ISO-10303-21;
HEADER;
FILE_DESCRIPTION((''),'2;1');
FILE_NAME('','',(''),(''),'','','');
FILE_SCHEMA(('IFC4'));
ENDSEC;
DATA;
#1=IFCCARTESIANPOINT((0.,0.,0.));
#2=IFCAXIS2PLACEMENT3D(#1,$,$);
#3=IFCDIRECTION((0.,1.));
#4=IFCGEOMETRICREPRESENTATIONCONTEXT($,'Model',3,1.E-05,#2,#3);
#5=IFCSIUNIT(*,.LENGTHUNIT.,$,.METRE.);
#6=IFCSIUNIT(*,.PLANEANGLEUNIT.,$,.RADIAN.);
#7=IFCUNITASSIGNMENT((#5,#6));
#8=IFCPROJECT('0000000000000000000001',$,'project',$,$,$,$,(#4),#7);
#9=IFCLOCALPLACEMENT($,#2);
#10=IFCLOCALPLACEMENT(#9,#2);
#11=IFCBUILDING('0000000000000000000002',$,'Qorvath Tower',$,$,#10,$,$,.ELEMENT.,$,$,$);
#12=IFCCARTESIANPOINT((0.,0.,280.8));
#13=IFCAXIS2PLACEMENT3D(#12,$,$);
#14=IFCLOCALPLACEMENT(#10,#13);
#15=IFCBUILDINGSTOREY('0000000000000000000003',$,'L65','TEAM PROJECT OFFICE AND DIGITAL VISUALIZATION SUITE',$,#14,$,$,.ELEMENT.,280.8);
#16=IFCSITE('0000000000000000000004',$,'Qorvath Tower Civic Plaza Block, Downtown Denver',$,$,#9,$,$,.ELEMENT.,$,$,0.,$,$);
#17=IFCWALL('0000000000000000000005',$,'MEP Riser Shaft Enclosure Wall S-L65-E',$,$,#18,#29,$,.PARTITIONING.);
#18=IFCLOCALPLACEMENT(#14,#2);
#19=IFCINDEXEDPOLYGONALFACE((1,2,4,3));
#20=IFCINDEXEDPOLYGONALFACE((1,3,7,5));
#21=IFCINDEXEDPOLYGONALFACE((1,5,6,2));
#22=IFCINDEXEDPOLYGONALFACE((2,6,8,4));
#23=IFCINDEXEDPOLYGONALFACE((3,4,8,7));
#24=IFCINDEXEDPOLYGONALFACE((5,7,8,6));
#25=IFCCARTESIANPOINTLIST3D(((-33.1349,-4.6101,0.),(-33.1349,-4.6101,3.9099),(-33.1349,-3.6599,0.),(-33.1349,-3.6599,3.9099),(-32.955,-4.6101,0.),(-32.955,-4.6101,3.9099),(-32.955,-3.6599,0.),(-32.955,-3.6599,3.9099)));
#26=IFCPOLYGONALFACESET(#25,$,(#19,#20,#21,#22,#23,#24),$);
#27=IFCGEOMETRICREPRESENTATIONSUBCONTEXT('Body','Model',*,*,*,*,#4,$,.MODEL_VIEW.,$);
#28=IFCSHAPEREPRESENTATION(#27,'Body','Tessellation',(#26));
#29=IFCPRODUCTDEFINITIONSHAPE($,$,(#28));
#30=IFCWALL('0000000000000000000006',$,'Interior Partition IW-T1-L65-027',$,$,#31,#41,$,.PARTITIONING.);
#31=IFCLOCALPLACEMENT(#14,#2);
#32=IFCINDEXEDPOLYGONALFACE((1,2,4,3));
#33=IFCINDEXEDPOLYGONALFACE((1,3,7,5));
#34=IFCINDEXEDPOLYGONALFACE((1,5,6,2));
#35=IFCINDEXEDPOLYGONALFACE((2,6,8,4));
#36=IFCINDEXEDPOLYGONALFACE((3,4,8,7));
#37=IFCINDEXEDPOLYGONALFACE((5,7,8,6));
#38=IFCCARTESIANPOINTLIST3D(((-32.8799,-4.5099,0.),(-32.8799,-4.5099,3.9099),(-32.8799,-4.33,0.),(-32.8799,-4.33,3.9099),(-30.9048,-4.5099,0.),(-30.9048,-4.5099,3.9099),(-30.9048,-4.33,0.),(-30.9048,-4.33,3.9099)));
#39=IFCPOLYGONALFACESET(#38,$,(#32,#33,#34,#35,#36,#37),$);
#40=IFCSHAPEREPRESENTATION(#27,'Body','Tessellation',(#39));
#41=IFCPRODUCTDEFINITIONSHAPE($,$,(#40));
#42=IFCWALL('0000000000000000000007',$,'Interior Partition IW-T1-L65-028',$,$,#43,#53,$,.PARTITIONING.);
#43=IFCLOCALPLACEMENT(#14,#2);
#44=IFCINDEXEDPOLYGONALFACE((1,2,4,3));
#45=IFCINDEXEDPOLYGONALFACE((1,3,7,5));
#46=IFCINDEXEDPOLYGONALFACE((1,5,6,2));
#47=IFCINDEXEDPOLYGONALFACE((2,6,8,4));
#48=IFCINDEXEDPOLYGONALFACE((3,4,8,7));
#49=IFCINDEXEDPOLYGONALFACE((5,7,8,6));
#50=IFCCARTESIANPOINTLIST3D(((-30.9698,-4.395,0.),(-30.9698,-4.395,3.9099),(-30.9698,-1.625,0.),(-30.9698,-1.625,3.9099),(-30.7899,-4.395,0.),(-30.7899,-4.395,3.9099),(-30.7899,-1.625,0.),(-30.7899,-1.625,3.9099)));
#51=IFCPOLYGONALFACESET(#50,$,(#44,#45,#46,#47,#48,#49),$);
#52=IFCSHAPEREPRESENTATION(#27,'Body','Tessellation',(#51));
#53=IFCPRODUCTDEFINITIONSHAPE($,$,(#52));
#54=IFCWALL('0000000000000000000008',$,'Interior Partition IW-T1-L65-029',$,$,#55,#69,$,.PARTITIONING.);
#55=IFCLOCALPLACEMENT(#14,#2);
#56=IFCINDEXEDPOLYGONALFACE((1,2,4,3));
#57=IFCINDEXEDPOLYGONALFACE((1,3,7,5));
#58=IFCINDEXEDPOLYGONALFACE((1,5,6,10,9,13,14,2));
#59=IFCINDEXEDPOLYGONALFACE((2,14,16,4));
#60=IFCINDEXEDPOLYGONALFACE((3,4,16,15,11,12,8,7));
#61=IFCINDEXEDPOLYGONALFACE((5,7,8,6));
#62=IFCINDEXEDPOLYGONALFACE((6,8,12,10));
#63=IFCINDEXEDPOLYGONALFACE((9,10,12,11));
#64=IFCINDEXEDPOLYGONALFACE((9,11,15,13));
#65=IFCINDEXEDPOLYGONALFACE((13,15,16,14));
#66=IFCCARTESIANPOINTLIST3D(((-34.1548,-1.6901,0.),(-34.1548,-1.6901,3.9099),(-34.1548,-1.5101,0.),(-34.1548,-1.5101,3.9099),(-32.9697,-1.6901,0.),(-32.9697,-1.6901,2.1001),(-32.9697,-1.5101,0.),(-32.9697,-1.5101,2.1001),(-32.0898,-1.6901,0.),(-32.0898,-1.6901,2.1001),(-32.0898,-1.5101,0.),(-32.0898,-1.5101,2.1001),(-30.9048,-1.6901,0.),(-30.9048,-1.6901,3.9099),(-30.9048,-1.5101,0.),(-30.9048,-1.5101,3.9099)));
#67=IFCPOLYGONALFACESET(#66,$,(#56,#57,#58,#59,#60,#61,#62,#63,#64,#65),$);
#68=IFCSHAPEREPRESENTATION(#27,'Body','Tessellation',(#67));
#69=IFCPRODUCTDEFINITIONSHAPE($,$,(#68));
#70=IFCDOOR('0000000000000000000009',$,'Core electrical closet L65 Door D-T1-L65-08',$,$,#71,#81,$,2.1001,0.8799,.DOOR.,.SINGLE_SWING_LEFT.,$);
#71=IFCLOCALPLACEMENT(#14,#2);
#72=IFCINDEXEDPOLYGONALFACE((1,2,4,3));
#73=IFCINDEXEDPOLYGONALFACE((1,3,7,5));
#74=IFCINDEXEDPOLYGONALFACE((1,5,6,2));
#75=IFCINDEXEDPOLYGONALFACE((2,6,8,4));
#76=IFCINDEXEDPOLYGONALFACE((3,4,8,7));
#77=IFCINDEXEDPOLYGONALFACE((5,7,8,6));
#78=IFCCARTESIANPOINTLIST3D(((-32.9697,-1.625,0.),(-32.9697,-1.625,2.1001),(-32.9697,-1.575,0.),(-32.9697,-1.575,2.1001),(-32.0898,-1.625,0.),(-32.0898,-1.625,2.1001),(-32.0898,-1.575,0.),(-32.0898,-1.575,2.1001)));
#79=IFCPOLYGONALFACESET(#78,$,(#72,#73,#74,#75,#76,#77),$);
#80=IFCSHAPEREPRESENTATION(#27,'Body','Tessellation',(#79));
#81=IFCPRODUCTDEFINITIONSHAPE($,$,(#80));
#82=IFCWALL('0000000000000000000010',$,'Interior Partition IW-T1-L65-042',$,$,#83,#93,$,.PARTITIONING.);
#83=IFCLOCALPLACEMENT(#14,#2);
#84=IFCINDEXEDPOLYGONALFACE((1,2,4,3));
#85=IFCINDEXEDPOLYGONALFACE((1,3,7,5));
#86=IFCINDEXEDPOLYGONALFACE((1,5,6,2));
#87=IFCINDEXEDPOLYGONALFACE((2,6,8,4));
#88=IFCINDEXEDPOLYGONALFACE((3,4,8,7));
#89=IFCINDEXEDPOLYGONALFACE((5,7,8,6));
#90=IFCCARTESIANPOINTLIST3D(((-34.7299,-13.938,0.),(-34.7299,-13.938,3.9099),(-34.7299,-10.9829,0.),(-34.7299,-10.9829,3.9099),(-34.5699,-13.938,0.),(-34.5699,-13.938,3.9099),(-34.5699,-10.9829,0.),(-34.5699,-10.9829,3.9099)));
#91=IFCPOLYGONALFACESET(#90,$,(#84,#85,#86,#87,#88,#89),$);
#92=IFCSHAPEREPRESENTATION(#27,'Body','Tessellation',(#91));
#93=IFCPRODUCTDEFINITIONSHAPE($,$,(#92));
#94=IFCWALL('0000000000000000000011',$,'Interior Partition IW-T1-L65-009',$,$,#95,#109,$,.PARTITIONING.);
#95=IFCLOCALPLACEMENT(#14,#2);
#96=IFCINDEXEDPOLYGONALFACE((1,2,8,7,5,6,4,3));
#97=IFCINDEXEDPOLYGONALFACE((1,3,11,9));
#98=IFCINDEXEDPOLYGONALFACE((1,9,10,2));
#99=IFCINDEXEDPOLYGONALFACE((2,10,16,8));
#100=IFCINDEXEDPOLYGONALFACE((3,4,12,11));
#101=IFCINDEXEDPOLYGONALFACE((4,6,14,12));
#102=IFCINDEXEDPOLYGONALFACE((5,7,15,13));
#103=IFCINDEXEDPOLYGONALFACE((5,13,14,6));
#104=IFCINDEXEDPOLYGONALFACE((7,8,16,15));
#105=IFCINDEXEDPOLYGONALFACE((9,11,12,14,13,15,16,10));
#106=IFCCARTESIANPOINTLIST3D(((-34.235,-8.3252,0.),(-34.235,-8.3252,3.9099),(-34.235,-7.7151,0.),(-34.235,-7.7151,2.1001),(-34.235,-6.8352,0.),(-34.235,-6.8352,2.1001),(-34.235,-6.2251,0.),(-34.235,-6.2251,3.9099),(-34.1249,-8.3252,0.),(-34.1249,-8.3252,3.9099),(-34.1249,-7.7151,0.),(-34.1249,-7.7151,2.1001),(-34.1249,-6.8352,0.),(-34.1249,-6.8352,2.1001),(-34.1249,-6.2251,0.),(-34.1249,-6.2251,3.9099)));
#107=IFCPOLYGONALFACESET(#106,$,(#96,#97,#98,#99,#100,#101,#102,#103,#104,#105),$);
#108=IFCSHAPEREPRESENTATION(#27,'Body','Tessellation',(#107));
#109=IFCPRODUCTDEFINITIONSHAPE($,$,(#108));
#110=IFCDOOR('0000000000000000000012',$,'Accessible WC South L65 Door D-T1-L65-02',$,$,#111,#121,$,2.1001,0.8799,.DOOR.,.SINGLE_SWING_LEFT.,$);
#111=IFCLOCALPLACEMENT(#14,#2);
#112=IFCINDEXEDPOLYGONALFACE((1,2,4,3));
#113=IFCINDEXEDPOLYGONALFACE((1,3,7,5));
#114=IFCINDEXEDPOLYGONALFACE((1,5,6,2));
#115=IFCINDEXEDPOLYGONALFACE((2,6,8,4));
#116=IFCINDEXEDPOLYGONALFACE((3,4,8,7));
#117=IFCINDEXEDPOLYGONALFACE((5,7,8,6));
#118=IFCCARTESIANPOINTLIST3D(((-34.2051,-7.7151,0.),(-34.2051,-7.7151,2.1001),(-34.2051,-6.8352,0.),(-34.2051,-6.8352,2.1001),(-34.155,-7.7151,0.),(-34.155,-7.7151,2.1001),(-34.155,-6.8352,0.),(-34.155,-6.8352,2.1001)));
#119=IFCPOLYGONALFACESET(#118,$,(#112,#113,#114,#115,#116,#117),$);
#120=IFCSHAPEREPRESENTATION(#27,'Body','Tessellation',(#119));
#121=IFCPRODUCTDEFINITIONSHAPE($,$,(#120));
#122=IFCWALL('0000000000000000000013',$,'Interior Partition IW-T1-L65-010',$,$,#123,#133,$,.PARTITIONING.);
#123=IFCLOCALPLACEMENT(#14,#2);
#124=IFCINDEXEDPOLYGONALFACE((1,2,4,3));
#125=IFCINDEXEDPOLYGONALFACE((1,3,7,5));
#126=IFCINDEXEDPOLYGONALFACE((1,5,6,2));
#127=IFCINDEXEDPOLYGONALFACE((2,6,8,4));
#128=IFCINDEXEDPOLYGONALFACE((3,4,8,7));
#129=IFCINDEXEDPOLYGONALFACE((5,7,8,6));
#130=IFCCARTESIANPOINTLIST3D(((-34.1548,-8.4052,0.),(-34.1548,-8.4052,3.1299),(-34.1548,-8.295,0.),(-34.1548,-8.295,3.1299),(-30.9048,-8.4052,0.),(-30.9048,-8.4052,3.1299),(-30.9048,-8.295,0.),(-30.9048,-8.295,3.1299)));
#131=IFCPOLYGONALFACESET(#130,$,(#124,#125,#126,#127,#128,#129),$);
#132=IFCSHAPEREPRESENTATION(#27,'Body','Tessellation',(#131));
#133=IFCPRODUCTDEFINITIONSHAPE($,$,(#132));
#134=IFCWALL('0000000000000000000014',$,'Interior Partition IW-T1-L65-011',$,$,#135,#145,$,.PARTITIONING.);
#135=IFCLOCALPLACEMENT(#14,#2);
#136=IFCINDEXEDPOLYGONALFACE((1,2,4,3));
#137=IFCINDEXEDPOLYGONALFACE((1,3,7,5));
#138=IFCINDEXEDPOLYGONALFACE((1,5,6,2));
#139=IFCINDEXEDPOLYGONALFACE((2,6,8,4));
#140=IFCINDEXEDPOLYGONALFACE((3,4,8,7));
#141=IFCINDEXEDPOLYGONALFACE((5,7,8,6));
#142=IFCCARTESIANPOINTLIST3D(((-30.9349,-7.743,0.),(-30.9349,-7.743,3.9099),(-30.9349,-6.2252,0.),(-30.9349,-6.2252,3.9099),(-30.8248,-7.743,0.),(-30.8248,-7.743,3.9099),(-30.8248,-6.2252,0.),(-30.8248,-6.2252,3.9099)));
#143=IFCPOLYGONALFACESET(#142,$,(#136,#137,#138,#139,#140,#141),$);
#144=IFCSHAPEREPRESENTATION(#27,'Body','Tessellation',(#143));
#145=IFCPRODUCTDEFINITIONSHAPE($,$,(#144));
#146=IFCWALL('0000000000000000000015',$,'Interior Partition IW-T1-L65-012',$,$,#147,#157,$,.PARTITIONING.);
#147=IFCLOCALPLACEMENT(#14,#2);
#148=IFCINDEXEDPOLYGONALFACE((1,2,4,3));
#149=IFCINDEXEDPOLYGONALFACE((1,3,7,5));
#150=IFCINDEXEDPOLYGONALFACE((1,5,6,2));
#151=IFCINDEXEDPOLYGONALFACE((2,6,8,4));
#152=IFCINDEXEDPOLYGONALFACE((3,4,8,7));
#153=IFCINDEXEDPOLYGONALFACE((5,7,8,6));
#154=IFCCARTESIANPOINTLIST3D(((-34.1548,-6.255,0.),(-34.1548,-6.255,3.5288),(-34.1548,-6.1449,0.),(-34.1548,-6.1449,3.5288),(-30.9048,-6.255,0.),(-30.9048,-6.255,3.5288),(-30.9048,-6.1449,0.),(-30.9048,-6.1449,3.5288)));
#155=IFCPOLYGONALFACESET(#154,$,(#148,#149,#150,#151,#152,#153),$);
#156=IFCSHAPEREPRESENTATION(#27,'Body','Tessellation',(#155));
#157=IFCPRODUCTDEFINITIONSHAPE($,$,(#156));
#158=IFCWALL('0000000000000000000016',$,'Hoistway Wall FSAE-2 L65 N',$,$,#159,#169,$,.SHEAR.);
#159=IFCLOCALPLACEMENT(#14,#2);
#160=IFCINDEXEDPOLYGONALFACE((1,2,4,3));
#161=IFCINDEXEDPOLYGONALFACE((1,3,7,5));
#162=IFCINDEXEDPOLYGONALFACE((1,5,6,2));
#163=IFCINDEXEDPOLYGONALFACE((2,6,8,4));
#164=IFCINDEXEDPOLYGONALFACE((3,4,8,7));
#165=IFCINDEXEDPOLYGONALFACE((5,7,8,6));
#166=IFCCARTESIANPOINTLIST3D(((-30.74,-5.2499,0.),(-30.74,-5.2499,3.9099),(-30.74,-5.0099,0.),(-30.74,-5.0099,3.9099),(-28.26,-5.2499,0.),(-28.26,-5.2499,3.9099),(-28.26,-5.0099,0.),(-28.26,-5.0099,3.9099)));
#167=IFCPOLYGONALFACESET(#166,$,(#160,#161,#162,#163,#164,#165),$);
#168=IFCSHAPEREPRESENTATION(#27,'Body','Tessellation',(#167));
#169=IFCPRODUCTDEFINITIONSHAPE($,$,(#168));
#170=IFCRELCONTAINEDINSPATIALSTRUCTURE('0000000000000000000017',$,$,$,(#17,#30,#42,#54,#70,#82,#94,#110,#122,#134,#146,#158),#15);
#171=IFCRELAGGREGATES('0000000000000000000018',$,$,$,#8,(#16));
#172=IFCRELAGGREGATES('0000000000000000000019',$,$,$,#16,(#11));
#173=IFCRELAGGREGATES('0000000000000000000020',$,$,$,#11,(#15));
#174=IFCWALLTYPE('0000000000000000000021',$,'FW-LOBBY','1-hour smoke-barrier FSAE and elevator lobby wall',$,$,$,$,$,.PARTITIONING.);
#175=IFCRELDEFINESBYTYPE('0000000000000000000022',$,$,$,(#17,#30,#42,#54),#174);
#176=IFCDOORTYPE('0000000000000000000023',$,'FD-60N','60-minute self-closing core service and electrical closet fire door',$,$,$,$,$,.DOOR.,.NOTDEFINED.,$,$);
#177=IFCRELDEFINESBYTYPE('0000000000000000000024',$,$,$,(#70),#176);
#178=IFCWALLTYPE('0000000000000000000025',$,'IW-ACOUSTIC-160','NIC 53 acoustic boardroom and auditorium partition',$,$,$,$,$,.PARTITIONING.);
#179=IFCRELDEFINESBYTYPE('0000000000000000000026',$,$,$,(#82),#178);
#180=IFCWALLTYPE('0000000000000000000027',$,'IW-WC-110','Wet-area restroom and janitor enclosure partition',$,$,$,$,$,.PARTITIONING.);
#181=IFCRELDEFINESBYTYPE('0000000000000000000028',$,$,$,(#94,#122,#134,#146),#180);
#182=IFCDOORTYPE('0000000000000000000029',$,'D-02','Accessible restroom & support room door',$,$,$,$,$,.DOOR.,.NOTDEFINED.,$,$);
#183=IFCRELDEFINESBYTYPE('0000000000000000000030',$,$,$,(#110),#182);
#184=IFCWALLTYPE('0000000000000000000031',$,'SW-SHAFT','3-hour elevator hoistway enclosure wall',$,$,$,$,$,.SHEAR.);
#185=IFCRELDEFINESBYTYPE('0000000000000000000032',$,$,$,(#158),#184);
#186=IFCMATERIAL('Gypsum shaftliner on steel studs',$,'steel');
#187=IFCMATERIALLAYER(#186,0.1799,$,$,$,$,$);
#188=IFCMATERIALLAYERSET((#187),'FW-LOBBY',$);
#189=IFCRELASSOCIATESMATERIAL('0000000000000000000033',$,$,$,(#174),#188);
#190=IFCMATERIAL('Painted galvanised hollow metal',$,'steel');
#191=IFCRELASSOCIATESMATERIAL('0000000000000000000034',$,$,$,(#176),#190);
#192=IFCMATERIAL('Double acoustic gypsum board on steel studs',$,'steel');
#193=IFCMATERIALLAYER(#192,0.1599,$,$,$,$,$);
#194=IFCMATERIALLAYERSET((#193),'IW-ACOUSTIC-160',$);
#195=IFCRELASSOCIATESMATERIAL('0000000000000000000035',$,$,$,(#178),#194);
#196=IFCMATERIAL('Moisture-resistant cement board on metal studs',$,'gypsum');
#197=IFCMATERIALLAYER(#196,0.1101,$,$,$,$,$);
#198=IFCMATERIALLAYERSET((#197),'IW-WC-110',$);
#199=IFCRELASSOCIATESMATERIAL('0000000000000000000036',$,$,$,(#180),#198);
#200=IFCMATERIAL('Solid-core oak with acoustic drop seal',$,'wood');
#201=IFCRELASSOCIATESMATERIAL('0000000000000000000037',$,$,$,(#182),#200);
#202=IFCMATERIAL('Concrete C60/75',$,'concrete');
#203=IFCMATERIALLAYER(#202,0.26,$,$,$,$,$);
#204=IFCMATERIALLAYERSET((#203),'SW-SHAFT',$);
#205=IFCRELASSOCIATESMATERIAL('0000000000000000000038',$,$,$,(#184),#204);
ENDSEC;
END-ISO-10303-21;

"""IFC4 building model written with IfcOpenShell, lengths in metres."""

from ifc_helpers import new_model, si_unit, direction, frame, frame_2d, origin, place, context, subcontext, project, spatial, rectangle, extrude, material, layer, layer_set, type_object, element, fill, save


model = new_model("IFC4")

# Units and contexts
model_context = context("Model", 3, precision=1e-05, world=origin(), true_north=direction((0.0, 1.0)))
body_context = subcontext(model_context, "Body", "Model", "MODEL_VIEW")
ifc_project = project(units=[si_unit("LENGTHUNIT", "METRE"), si_unit("PLANEANGLEUNIT", "RADIAN")], contexts=[model_context])

# Site, building, storey
site_placement = place(None, origin())
site = spatial("IfcSite", under=ifc_project, at=site_placement, Name="Qorvath Tower Civic Plaza Block, Downtown Denver", CompositionType="ELEMENT", RefElevation=0.0)
building_placement = place(site_placement, origin())
building = spatial("IfcBuilding", under=site, at=building_placement, Name="Qorvath Tower", CompositionType="ELEMENT")
storey_placement = place(building_placement, frame((0.0, 0.0, 280.8)))
storey = spatial("IfcBuildingStorey", under=building, at=storey_placement, Name="L65", Description="TEAM PROJECT OFFICE AND DIGITAL VISUALIZATION SUITE", CompositionType="ELEMENT", Elevation=280.8)

# Walls
ifc_material_1 = material(Name="Gypsum shaftliner on steel studs", Category="steel")
ifc_layer_1 = layer(ifc_material_1, 0.1799)
ifc_layer_set_1 = layer_set([ifc_layer_1], Name="FW-LOBBY")
wall_type_1 = type_object("IfcWallType", Name="FW-LOBBY", Description="1-hour smoke-barrier FSAE and elevator lobby wall", PredefinedType="PARTITIONING", material=ifc_layer_set_1)
for number, where, z_axis, x_axis, name in (
    (1, (-33.0449, -3.6599, 0.0), (0.0, 0.0, 1.0), (0.0, -1.0, 0.0), "MEP Riser Shaft Enclosure Wall S-L65-E"),
):
    element("IfcWall", number, at=place(storey_placement, frame(where, z_axis=z_axis, x_axis=x_axis)), inside=storey, type_object=wall_type_1, Name=name, PredefinedType="PARTITIONING", context=body_context, shape_type="SweptSolid", body=[
        extrude(rectangle(XDim=0.9502, YDim=0.1799, at=frame_2d((0.4751, 0.0))), origin(), (0.0, 0.0, 1.0), 3.9099),
    ])
wall_1_placement = place(storey_placement, frame((-32.8799, -4.4199, 0.0), z_axis=(0.0, 0.0, 1.0), x_axis=(1.0, 0.0, 0.0)))
element("IfcWall", 2, at=wall_1_placement, inside=storey, type_object=wall_type_1, Name="Interior Partition IW-T1-L65-027", PredefinedType="PARTITIONING", context=body_context, shape_type="SweptSolid", body=[
    extrude(rectangle(XDim=1.9751, YDim=0.1799, at=frame_2d((0.9875, 0.0))), origin(), (0.0, 0.0, 1.0), 3.9099),
])
wall_2_placement = place(storey_placement, frame((-30.8799, -4.395, 0.0), z_axis=(0.0, 0.0, 1.0), x_axis=(0.0, 1.0, 0.0)))
element("IfcWall", 3, at=wall_2_placement, inside=storey, type_object=wall_type_1, Name="Interior Partition IW-T1-L65-028", PredefinedType="PARTITIONING", context=body_context, shape_type="SweptSolid", body=[
    extrude(rectangle(XDim=2.77, YDim=0.1799, at=frame_2d((1.385, 0.0))), origin(), (0.0, 0.0, 1.0), 3.9099),
])

# Wall, opening, door
wall_3_placement = place(storey_placement, frame((-30.9048, -1.6001, 0.0), z_axis=(0.0, 0.0, 1.0), x_axis=(-1.0, 0.0, 0.0)))
wall_3 = element("IfcWall", 4, at=wall_3_placement, inside=storey, type_object=wall_type_1, Name="Interior Partition IW-T1-L65-029", PredefinedType="PARTITIONING", context=body_context, shape_type="SweptSolid", body=[
    extrude(rectangle(XDim=3.25, YDim=0.1799, at=frame_2d((1.625, 0.0))), origin(), (0.0, 0.0, 1.0), 3.9099),
])
opening_1_placement = place(wall_3_placement, frame((1.1851, 0.0, 0.0)))
opening_1 = element("IfcOpeningElement", 5, at=opening_1_placement, cuts=wall_3, PredefinedType="OPENING", context=body_context, shape_type="SweptSolid", body=[
    extrude(rectangle(XDim=0.8799, YDim=2.1001, at=frame_2d((0.4399, 1.05))), frame((0.0, 0.1001, 0.0), z_axis=(0.0, -1.0, 0.0), x_axis=(1.0, 0.0, 0.0)), (0.0, 0.0, 1.0), 0.2),
])
ifc_material_2 = material(Name="Painted galvanised hollow metal", Category="steel")
door_type_1 = type_object("IfcDoorType", Name="FD-60N", Description="60-minute self-closing core service and electrical closet fire door", OperationType="NOTDEFINED", PredefinedType="DOOR", material=ifc_material_2)
door_1_placement = place(opening_1_placement, origin())
door_1 = element("IfcDoor", 6, at=door_1_placement, inside=storey, type_object=door_type_1, Name="Core electrical closet L65 Door D-T1-L65-08", OperationType="SINGLE_SWING_LEFT", OverallHeight=2.1001, OverallWidth=0.8799, PredefinedType="DOOR", context=body_context, shape_type="SweptSolid", body=[
    extrude(rectangle(XDim=0.8799, YDim=2.1001, at=frame_2d((0.4399, 1.05))), frame((0.0, 0.0249, 0.0), z_axis=(0.0, -1.0, 0.0), x_axis=(1.0, 0.0, 0.0)), (0.0, 0.0, 1.0), 0.05),
])
fill(opening_1, door_1)

# Wall
ifc_material_3 = material(Name="Double acoustic gypsum board on steel studs", Category="steel")
ifc_layer_2 = layer(ifc_material_3, 0.1599)
ifc_layer_set_2 = layer_set([ifc_layer_2], Name="IW-ACOUSTIC-160")
wall_type_2 = type_object("IfcWallType", Name="IW-ACOUSTIC-160", Description="NIC 53 acoustic boardroom and auditorium partition", PredefinedType="PARTITIONING", material=ifc_layer_set_2)
wall_4_placement = place(storey_placement, frame((-34.6499, -10.9829, 0.0), z_axis=(0.0, 0.0, 1.0), x_axis=(0.0, -1.0, 0.0)))
element("IfcWall", 7, at=wall_4_placement, inside=storey, type_object=wall_type_2, Name="Interior Partition IW-T1-L65-042", PredefinedType="PARTITIONING", context=body_context, shape_type="SweptSolid", body=[
    extrude(rectangle(XDim=2.9551, YDim=0.1599, at=frame_2d((1.4775, 0.0))), origin(), (0.0, 0.0, 1.0), 3.9099),
])

# Wall, opening, door
ifc_material_4 = material(Name="Moisture-resistant cement board on metal studs", Category="gypsum")
ifc_layer_3 = layer(ifc_material_4, 0.1101)
ifc_layer_set_3 = layer_set([ifc_layer_3], Name="IW-WC-110")
wall_type_3 = type_object("IfcWallType", Name="IW-WC-110", Description="Wet-area restroom and janitor enclosure partition", PredefinedType="PARTITIONING", material=ifc_layer_set_3)
wall_5_placement = place(storey_placement, frame((-34.1799, -6.2251, 0.0), z_axis=(0.0, 0.0, 1.0), x_axis=(0.0, -1.0, 0.0)))
wall_5 = element("IfcWall", 8, at=wall_5_placement, inside=storey, type_object=wall_type_3, Name="Interior Partition IW-T1-L65-009", PredefinedType="PARTITIONING", context=body_context, shape_type="SweptSolid", body=[
    extrude(rectangle(XDim=2.1001, YDim=0.1101, at=frame_2d((1.05, 0.0))), origin(), (0.0, 0.0, 1.0), 3.9099),
])
opening_2_placement = place(wall_5_placement, frame((0.6101, 0.0, 0.0)))
opening_2 = element("IfcOpeningElement", 9, at=opening_2_placement, cuts=wall_5, PredefinedType="OPENING", context=body_context, shape_type="SweptSolid", body=[
    extrude(rectangle(XDim=0.8799, YDim=2.1001, at=frame_2d((0.4399, 1.05))), frame((0.0, 0.0649, 0.0), z_axis=(0.0, -1.0, 0.0), x_axis=(1.0, 0.0, 0.0)), (0.0, 0.0, 1.0), 0.1301),
])
ifc_material_5 = material(Name="Solid-core oak with acoustic drop seal", Category="wood")
door_type_2 = type_object("IfcDoorType", Name="D-02", Description="Accessible restroom & support room door", OperationType="NOTDEFINED", PredefinedType="DOOR", material=ifc_material_5)
door_2_placement = place(opening_2_placement, origin())
door_2 = element("IfcDoor", 10, at=door_2_placement, inside=storey, type_object=door_type_2, Name="Accessible WC South L65 Door D-T1-L65-02", OperationType="SINGLE_SWING_LEFT", OverallHeight=2.1001, OverallWidth=0.8799, PredefinedType="DOOR", context=body_context, shape_type="SweptSolid", body=[
    extrude(rectangle(XDim=0.8799, YDim=2.1001, at=frame_2d((0.4399, 1.05))), frame((0.0, 0.0249, 0.0), z_axis=(0.0, -1.0, 0.0), x_axis=(1.0, 0.0, 0.0)), (0.0, 0.0, 1.0), 0.05),
])
fill(opening_2, door_2)

# Walls
wall_6_placement = place(storey_placement, frame((-34.1548, -8.3501, 0.0), z_axis=(0.0, 0.0, 1.0), x_axis=(1.0, 0.0, 0.0)))
element("IfcWall", 11, at=wall_6_placement, inside=storey, type_object=wall_type_3, Name="Interior Partition IW-T1-L65-010", PredefinedType="PARTITIONING", context=body_context, shape_type="SweptSolid", body=[
    extrude(rectangle(XDim=3.25, YDim=0.1101, at=frame_2d((1.625, 0.0))), origin(), (0.0, 0.0, 1.0), 3.1299),
])
wall_7_placement = place(storey_placement, frame((-30.8799, -7.7429, 0.0), z_axis=(0.0, 0.0, 1.0), x_axis=(0.0, 1.0, 0.0)))
element("IfcWall", 12, at=wall_7_placement, inside=storey, type_object=wall_type_3, Name="Interior Partition IW-T1-L65-011", PredefinedType="PARTITIONING", context=body_context, shape_type="SweptSolid", body=[
    extrude(rectangle(XDim=1.5178, YDim=0.1101, at=frame_2d((0.7588, 0.0))), origin(), (0.0, 0.0, 1.0), 3.9099),
])
wall_8_placement = place(storey_placement, frame((-30.9048, -6.2, 0.0), z_axis=(0.0, 0.0, 1.0), x_axis=(-1.0, 0.0, 0.0)))
element("IfcWall", 13, at=wall_8_placement, inside=storey, type_object=wall_type_3, Name="Interior Partition IW-T1-L65-012", PredefinedType="PARTITIONING", context=body_context, shape_type="SweptSolid", body=[
    extrude(rectangle(XDim=3.25, YDim=0.1101, at=frame_2d((1.625, 0.0))), origin(), (0.0, 0.0, 1.0), 3.5288),
])
ifc_material_6 = material(Name="Concrete C60/75", Category="concrete")
ifc_layer_4 = layer(ifc_material_6, 0.26)
ifc_layer_set_4 = layer_set([ifc_layer_4], Name="SW-SHAFT")
wall_type_4 = type_object("IfcWallType", Name="SW-SHAFT", Description="3-hour elevator hoistway enclosure wall", PredefinedType="SHEAR", material=ifc_layer_set_4)
wall_9_placement = place(storey_placement, frame((-30.74, -5.1299, 0.0), z_axis=(0.0, 0.0, 1.0), x_axis=(1.0, 0.0, 0.0)))
element("IfcWall", 14, at=wall_9_placement, inside=storey, type_object=wall_type_4, Name="Hoistway Wall FSAE-2 L65 N", PredefinedType="SHEAR", context=body_context, shape_type="SweptSolid", body=[
    extrude(rectangle(XDim=2.48, YDim=0.24, at=frame_2d((1.24, 0.0))), origin(), (0.0, 0.0, 1.0), 3.9099),
])

save(model, "model.ifc")
